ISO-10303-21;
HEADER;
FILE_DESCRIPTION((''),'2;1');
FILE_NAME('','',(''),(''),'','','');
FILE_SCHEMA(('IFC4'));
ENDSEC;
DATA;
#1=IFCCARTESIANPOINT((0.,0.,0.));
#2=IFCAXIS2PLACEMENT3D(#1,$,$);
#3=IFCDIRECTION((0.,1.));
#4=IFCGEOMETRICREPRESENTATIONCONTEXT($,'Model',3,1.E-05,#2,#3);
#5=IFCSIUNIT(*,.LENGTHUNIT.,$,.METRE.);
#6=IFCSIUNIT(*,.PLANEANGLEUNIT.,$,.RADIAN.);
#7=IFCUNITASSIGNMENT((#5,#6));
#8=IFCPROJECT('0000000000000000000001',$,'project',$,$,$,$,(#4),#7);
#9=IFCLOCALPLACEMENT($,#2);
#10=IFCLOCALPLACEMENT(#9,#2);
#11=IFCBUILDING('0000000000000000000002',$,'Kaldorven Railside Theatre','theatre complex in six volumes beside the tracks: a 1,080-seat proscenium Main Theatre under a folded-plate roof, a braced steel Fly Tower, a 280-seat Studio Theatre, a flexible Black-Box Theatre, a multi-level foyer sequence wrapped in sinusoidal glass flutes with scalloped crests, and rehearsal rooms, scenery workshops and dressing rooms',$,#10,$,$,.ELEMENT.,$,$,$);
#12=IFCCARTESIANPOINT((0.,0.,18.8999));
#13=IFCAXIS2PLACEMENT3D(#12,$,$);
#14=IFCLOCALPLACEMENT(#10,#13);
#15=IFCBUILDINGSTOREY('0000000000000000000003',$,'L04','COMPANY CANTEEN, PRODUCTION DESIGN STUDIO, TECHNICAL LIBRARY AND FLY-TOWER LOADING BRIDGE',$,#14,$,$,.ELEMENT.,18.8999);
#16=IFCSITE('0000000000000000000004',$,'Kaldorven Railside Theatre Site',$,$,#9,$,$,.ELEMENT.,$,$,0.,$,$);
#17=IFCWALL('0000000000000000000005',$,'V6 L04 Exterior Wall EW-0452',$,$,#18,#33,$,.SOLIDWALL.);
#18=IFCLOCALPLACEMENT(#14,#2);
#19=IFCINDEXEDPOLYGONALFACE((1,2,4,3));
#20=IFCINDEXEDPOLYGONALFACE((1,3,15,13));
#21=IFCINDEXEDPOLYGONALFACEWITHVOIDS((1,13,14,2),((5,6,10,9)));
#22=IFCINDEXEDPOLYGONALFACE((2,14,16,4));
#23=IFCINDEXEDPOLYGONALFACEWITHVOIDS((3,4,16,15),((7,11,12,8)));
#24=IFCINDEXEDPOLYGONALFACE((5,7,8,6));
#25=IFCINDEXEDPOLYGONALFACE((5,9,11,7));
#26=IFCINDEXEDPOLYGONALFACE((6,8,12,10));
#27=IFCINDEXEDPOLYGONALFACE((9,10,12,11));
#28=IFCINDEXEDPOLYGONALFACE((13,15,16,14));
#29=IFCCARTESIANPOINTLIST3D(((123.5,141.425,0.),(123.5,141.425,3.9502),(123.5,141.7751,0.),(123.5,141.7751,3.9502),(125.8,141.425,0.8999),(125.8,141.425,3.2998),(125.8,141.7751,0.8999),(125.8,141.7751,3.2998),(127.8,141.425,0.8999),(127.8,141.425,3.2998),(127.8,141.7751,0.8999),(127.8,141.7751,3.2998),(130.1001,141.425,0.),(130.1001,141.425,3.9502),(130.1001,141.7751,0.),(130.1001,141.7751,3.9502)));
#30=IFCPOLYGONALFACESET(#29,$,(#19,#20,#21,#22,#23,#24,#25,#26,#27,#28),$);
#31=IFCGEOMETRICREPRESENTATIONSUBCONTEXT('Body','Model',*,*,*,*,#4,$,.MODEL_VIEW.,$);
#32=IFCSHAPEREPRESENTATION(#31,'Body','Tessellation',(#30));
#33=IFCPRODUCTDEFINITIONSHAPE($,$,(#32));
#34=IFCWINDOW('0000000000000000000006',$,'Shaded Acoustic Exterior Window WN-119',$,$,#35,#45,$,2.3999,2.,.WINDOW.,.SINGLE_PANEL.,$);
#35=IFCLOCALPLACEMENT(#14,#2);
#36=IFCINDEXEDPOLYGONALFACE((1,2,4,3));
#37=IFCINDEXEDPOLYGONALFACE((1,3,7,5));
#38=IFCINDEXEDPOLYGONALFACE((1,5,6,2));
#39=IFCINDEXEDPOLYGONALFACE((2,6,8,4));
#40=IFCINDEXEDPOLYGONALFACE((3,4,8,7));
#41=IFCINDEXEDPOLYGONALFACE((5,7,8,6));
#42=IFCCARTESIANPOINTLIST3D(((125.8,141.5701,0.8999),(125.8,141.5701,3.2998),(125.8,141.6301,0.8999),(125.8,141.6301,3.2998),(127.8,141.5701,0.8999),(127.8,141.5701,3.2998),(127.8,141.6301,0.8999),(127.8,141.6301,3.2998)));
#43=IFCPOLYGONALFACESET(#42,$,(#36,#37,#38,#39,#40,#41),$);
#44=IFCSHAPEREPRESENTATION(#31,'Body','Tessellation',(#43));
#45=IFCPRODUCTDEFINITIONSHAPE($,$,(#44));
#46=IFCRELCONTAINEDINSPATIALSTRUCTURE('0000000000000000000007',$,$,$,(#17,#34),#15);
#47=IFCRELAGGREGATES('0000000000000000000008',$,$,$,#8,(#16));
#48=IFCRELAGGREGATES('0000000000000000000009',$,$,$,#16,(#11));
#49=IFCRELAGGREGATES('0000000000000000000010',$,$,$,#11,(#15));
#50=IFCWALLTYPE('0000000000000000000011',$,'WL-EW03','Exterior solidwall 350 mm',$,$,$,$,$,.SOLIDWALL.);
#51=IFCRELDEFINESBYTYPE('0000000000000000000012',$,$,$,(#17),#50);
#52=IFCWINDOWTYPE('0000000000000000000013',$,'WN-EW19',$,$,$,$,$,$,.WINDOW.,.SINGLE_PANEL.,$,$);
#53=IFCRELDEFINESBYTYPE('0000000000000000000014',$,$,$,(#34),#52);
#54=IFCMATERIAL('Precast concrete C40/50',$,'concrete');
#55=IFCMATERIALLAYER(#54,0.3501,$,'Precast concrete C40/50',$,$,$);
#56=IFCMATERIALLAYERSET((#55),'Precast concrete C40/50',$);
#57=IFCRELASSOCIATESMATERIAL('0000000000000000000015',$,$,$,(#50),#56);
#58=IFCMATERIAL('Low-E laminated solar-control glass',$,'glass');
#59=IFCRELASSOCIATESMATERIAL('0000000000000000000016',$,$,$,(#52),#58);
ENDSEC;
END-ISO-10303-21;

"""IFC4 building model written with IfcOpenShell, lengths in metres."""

from ifc_helpers import new_model, si_unit, direction, frame, frame_2d, origin, place, context, subcontext, project, spatial, rectangle, extrude, material, layer, layer_set, type_object, element, fill, save


model = new_model("IFC4")

# Units and contexts
model_context = context("Model", 3, precision=1e-05, world=origin(), true_north=direction((0.0, 1.0)))
body_context = subcontext(model_context, "Body", "Model", "MODEL_VIEW")
ifc_project = project(units=[si_unit("LENGTHUNIT", "METRE"), si_unit("PLANEANGLEUNIT", "RADIAN")], contexts=[model_context])

# Site, building, storey
site_placement = place(None, origin())
site = spatial("IfcSite", under=ifc_project, at=site_placement, Name="Kaldorven Railside Theatre Site", CompositionType="ELEMENT", RefElevation=0.0)
building_placement = place(site_placement, origin())
building = spatial("IfcBuilding", under=site, at=building_placement, Name="Kaldorven Railside Theatre", Description="theatre complex in six volumes beside the tracks: a 1,080-seat proscenium Main Theatre under a folded-plate roof, a braced steel Fly Tower, a 280-seat Studio Theatre, a flexible Black-Box Theatre, a multi-level foyer sequence wrapped in sinusoidal glass flutes with scalloped crests, and rehearsal rooms, scenery workshops and dressing rooms", CompositionType="ELEMENT")
storey_placement = place(building_placement, frame((0.0, 0.0, 18.8999)))
storey = spatial("IfcBuildingStorey", under=building, at=storey_placement, Name="L04", Description="COMPANY CANTEEN, PRODUCTION DESIGN STUDIO, TECHNICAL LIBRARY AND FLY-TOWER LOADING BRIDGE", CompositionType="ELEMENT", Elevation=18.8999)

# Wall, opening, window
ifc_material_1 = material(Name="Precast concrete C40/50", Category="concrete")
ifc_layer = layer(ifc_material_1, 0.3501, Name="Precast concrete C40/50")
ifc_layer_set = layer_set([ifc_layer], Name="Precast concrete C40/50")
wall_type = type_object("IfcWallType", Name="WL-EW03", Description="Exterior solidwall 350 mm", PredefinedType="SOLIDWALL", material=ifc_layer_set)
ifc_material_2 = material(Name="Low-E laminated solar-control glass", Category="glass")
wall_1_placement = place(storey_placement, frame((123.5, 141.6001, 0.0), z_axis=(0.0, 0.0, 1.0), x_axis=(1.0, 0.0, 0.0)))
wall_1 = element("IfcWall", 1, at=wall_1_placement, inside=storey, type_object=wall_type, Name="V6 L04 Exterior Wall EW-0452", PredefinedType="SOLIDWALL", context=body_context, shape_type="SweptSolid", body=[
    extrude(rectangle(XDim=6.6001, YDim=0.3501, at=frame_2d((3.3, 0.0))), origin(), (0.0, 0.0, 1.0), 3.9502),
])
opening_1_placement = place(wall_1_placement, frame((2.3, 0.0, 0.8999)))
opening_1 = element("IfcOpeningElement", 2, at=opening_1_placement, cuts=wall_1, PredefinedType="OPENING", context=body_context, shape_type="SweptSolid", body=[
    extrude(rectangle(XDim=2.0, YDim=2.3999, at=frame_2d((1.0, 1.2))), frame((0.0, 0.1851, 0.0), z_axis=(0.0, -1.0, 0.0), x_axis=(1.0, 0.0, 0.0)), (0.0, 0.0, 1.0), 0.3701),
])
window_type_1 = type_object("IfcWindowType", Name="WN-EW19", PartitioningType="SINGLE_PANEL", PredefinedType="WINDOW", material=ifc_material_2)
window_1_placement = place(opening_1_placement, origin())
window_1 = element("IfcWindow", 3, at=window_1_placement, inside=storey, type_object=window_type_1, Name="Shaded Acoustic Exterior Window WN-119", OverallHeight=2.3999, OverallWidth=2.0, PartitioningType="SINGLE_PANEL", PredefinedType="WINDOW", context=body_context, shape_type="SweptSolid", body=[
    extrude(rectangle(XDim=2.0, YDim=2.3999, at=frame_2d((1.0, 1.2))), frame((0.0, 0.03, 0.0), z_axis=(0.0, -1.0, 0.0), x_axis=(1.0, 0.0, 0.0)), (0.0, 0.0, 1.0), 0.0601),
])
fill(opening_1, window_1)

save(model, "model.ifc")
